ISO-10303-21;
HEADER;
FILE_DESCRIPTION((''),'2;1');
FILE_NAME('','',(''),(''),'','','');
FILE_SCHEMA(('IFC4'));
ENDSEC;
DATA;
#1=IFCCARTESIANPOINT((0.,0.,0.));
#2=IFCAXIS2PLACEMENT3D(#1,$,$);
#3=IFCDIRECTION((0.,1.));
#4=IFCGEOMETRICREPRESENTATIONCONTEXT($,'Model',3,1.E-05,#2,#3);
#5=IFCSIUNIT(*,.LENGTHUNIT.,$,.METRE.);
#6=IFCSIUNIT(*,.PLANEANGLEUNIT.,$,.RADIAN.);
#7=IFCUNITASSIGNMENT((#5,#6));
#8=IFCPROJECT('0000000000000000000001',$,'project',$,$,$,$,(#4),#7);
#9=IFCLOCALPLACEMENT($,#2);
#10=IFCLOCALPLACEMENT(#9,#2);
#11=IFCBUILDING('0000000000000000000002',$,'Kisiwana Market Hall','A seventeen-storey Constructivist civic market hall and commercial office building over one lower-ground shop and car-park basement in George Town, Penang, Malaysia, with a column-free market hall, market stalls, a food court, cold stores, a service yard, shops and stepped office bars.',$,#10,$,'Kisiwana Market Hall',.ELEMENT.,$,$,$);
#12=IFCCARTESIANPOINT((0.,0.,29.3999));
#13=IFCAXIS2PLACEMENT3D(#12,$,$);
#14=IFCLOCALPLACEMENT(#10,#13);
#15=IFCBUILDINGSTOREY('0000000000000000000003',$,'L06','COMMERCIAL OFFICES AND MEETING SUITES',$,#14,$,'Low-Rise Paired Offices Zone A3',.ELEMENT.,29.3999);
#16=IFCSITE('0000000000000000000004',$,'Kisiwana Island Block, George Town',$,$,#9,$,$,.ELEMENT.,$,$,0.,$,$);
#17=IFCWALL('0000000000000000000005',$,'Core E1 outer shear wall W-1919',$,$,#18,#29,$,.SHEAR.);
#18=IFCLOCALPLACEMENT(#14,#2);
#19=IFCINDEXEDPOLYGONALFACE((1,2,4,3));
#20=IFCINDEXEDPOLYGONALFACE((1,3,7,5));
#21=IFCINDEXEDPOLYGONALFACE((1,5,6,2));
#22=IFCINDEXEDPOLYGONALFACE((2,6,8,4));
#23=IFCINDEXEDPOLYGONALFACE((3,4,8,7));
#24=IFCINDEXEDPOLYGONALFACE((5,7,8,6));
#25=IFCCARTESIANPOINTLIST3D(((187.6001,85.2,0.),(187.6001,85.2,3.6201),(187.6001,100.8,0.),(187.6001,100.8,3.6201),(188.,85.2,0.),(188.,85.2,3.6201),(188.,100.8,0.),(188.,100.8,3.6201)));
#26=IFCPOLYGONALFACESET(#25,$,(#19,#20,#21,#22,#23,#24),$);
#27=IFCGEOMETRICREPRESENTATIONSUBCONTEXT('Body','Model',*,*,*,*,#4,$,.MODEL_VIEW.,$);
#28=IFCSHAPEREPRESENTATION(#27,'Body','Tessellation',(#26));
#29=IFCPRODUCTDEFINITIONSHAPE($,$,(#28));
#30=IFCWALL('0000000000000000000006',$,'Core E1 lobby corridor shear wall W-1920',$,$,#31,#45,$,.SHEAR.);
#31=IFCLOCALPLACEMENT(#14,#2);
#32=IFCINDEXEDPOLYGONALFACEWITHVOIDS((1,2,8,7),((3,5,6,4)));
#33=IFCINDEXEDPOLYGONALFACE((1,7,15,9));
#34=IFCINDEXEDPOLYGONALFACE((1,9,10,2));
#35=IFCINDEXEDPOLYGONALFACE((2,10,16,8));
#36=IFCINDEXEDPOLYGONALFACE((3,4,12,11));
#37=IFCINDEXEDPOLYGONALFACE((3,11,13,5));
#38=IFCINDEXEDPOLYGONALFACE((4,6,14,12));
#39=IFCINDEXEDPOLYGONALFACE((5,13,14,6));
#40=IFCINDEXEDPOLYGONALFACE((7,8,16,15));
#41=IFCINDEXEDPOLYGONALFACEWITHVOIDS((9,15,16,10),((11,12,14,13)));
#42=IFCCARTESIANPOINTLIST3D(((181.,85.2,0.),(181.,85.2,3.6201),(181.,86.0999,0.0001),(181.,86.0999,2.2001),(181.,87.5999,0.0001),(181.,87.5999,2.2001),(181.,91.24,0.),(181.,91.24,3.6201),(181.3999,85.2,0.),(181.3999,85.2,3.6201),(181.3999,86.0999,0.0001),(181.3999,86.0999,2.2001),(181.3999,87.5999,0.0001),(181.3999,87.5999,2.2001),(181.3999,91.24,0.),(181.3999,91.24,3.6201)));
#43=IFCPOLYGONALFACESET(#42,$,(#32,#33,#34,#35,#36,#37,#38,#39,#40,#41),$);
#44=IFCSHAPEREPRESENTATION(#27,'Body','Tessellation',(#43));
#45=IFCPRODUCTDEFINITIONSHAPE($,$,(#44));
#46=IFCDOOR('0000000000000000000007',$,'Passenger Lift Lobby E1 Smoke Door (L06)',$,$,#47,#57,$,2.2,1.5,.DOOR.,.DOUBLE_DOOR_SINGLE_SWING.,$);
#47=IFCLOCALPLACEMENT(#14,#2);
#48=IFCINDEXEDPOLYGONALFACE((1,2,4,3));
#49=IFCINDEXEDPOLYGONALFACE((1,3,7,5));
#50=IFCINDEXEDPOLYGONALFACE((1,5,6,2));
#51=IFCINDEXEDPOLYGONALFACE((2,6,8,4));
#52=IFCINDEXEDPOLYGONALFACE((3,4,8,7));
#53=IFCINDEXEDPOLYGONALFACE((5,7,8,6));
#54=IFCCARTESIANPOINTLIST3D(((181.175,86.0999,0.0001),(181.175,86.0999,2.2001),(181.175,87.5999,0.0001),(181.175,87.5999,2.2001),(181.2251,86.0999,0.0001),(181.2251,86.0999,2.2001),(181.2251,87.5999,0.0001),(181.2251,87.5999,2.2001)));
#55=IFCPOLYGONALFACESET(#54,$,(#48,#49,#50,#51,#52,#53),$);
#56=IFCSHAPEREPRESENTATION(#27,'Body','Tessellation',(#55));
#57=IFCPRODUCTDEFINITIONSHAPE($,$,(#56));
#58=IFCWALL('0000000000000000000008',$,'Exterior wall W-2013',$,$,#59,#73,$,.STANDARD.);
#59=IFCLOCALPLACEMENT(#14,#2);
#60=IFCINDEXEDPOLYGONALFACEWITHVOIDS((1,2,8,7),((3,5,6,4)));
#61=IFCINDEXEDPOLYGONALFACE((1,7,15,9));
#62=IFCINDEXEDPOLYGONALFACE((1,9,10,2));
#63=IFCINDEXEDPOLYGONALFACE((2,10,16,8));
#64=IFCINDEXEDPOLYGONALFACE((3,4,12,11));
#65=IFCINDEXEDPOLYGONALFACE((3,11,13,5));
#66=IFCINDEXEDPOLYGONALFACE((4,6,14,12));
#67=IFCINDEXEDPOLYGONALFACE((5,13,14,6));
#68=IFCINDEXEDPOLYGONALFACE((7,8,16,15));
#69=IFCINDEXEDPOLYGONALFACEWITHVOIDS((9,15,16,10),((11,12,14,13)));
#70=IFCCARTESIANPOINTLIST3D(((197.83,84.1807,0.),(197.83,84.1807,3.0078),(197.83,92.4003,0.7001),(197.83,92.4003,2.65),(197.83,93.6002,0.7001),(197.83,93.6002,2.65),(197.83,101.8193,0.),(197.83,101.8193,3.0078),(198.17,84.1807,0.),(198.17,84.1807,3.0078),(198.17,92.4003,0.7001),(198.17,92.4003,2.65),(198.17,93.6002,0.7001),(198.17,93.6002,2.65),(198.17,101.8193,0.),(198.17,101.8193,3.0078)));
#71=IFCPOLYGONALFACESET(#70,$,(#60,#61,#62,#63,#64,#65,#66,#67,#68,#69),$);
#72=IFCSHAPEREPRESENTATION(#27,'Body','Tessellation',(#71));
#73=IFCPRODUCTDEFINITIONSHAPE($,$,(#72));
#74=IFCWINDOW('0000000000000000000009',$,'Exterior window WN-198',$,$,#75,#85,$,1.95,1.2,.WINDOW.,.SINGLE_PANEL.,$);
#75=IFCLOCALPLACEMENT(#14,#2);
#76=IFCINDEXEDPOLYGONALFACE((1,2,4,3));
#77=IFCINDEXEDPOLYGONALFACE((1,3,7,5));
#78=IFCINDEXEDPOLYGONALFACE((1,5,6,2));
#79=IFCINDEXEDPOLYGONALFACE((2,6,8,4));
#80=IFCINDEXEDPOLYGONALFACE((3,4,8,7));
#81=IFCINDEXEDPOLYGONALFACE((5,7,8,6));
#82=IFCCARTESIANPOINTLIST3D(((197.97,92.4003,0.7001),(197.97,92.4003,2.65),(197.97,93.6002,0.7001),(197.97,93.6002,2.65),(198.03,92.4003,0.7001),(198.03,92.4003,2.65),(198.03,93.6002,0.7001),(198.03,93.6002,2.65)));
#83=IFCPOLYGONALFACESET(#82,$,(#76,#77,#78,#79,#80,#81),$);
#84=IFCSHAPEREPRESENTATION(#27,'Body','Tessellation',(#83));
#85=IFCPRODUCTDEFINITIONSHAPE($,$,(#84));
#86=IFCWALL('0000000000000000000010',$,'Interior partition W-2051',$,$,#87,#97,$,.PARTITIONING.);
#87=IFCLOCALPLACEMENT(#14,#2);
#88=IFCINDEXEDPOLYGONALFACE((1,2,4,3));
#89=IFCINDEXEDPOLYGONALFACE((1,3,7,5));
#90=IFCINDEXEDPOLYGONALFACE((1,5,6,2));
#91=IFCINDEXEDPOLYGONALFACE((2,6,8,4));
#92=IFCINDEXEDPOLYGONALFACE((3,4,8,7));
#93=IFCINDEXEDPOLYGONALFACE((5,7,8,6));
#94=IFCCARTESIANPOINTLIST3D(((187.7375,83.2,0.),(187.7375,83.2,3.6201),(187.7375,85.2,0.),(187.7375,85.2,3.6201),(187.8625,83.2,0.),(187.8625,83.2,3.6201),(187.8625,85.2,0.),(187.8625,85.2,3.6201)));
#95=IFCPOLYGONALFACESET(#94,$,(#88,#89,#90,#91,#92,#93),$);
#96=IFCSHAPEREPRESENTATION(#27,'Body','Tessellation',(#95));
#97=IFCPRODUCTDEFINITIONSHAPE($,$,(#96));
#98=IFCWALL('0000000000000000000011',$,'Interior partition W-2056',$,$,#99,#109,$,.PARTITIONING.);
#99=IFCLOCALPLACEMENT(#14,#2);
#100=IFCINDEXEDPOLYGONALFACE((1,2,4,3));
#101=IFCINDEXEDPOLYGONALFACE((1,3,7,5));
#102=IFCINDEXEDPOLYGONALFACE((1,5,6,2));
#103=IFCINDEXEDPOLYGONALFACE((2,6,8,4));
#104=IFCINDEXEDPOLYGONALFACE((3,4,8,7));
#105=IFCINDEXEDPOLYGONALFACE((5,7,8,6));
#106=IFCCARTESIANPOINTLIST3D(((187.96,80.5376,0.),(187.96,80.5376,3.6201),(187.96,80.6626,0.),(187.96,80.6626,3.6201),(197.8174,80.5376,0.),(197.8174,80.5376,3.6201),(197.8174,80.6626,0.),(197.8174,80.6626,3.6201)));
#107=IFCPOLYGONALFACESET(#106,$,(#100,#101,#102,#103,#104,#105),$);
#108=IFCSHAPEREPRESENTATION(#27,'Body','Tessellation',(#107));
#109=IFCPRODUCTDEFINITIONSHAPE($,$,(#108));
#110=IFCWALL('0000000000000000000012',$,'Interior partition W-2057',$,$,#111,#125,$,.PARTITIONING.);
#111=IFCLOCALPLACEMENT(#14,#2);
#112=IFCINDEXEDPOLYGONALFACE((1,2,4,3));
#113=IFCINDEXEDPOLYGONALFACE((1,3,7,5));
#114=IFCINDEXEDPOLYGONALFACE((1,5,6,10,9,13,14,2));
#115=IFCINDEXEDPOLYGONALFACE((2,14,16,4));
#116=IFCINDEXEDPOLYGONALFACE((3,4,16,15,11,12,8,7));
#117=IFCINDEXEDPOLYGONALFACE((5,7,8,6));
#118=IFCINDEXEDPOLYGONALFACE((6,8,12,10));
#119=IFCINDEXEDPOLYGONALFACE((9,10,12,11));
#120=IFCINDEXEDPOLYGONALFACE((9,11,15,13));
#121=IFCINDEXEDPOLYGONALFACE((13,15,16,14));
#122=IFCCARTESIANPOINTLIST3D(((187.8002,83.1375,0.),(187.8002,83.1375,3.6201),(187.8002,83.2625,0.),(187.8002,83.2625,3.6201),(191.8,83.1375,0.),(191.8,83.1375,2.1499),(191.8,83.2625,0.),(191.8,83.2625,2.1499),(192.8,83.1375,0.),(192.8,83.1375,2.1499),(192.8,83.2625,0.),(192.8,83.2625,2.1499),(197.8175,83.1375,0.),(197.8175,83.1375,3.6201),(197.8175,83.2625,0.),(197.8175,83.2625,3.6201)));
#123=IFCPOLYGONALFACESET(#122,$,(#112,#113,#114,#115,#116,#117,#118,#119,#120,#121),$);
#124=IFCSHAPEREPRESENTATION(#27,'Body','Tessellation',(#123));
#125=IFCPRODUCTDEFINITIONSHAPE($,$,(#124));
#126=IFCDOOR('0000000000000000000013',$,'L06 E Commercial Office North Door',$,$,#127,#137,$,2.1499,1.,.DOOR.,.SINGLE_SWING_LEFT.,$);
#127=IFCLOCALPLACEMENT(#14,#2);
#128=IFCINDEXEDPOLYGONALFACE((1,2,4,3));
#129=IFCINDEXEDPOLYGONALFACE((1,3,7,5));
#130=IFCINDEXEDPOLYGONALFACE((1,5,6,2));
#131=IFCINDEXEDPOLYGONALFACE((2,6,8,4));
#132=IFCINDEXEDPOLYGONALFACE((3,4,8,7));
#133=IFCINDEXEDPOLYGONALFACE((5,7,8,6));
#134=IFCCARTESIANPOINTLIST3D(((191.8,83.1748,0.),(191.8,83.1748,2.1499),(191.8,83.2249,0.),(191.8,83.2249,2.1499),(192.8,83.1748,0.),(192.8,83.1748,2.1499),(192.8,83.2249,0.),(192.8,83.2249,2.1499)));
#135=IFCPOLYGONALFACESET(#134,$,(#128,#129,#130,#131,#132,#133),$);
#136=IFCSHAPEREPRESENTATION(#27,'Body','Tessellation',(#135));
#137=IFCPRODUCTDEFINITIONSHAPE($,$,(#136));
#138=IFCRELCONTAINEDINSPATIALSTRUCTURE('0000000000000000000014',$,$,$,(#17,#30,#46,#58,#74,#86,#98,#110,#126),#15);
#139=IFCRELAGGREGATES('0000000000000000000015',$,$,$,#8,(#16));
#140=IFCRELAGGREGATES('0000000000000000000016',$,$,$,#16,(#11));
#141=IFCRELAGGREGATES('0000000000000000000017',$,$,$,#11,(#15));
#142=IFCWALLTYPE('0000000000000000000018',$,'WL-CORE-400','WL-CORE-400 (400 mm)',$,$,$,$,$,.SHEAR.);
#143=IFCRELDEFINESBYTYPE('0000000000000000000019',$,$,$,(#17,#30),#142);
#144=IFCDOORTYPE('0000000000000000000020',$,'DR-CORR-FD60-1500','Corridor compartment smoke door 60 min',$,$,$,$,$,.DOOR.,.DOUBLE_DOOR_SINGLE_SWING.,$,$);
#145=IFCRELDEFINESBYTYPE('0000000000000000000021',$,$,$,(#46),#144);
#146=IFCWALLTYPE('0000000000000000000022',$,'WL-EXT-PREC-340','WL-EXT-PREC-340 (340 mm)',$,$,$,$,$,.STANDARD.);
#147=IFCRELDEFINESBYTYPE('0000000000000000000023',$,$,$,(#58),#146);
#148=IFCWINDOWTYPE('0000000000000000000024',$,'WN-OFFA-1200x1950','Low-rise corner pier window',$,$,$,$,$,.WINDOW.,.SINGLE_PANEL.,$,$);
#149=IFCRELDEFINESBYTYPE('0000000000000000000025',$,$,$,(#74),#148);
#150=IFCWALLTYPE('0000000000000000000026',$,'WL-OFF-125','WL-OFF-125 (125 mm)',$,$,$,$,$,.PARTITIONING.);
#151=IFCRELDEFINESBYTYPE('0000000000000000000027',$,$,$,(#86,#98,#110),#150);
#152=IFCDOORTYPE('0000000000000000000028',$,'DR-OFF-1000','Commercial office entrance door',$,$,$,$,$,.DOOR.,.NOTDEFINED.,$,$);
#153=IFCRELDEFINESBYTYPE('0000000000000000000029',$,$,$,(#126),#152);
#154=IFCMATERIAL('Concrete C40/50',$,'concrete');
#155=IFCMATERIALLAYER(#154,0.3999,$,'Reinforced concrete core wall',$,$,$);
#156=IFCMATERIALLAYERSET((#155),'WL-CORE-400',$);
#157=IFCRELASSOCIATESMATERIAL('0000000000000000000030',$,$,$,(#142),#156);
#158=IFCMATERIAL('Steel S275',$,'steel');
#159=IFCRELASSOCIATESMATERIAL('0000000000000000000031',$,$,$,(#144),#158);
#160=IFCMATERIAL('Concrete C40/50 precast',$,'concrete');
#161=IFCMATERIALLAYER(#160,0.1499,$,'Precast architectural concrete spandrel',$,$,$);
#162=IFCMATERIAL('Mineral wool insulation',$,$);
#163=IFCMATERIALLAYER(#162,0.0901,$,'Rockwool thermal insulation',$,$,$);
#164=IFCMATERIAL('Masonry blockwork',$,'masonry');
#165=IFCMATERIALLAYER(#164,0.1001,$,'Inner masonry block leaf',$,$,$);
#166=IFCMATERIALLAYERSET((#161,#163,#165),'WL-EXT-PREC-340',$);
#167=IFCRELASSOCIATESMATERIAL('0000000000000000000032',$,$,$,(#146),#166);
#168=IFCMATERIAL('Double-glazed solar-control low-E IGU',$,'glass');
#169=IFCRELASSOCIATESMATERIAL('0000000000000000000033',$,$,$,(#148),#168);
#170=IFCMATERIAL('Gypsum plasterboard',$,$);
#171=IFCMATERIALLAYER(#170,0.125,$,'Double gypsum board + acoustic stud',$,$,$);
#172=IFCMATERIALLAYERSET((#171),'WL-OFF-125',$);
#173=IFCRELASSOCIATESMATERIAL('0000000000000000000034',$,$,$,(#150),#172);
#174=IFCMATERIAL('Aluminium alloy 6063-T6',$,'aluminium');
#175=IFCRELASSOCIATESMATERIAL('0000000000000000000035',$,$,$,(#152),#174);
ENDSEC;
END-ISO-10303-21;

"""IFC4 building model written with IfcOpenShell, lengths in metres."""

from ifc_helpers import new_model, si_unit, direction, frame, frame_2d, origin, place, context, subcontext, project, spatial, rectangle, extrude, material, layer, layer_set, type_object, element, fill, save


model = new_model("IFC4")

# Units and contexts
model_context = context("Model", 3, precision=1e-05, world=origin(), true_north=direction((0.0, 1.0)))
body_context = subcontext(model_context, "Body", "Model", "MODEL_VIEW")
ifc_project = project(units=[si_unit("LENGTHUNIT", "METRE"), si_unit("PLANEANGLEUNIT", "RADIAN")], contexts=[model_context])

# Site, building, storey
site_placement = place(None, origin())
site = spatial("IfcSite", under=ifc_project, at=site_placement, Name="Kisiwana Island Block, George Town", CompositionType="ELEMENT", RefElevation=0.0)
building_placement = place(site_placement, origin())
building = spatial("IfcBuilding", under=site, at=building_placement, Name="Kisiwana Market Hall", Description="A seventeen-storey Constructivist civic market hall and commercial office building over one lower-ground shop and car-park basement in George Town, Penang, Malaysia, with a column-free market hall, market stalls, a food court, cold stores, a service yard, shops and stepped office bars.", LongName="Kisiwana Market Hall", CompositionType="ELEMENT")
storey_placement = place(building_placement, frame((0.0, 0.0, 29.3999)))
storey = spatial("IfcBuildingStorey", under=building, at=storey_placement, Name="L06", Description="COMMERCIAL OFFICES AND MEETING SUITES", LongName="Low-Rise Paired Offices Zone A3", CompositionType="ELEMENT", Elevation=29.3999)

# Wall
ifc_material_1 = material(Name="Concrete C40/50", Category="concrete")
ifc_layer_1 = layer(ifc_material_1, 0.3999, Name="Reinforced concrete core wall")
ifc_layer_set_1 = layer_set([ifc_layer_1], Name="WL-CORE-400")
wall_type_1 = type_object("IfcWallType", Name="WL-CORE-400", Description="WL-CORE-400 (400 mm)", PredefinedType="SHEAR", material=ifc_layer_set_1)
wall_1_placement = place(storey_placement, frame((187.8, 85.2, 0.0), z_axis=(0.0, 0.0, 1.0), x_axis=(0.0, 1.0, 0.0)))
element("IfcWall", 1, at=wall_1_placement, inside=storey, type_object=wall_type_1, Name="Core E1 outer shear wall W-1919", PredefinedType="SHEAR", context=body_context, shape_type="SweptSolid", body=[
    extrude(rectangle(XDim=15.6001, YDim=0.3999, at=frame_2d((7.8, 0.0))), origin(), (0.0, 0.0, 1.0), 3.6201),
])

# Wall, opening, door
wall_2_placement = place(storey_placement, frame((181.2, 85.2, 0.0), z_axis=(0.0, 0.0, 1.0), x_axis=(0.0, 1.0, 0.0)))
wall_2 = element("IfcWall", 2, at=wall_2_placement, inside=storey, type_object=wall_type_1, Name="Core E1 lobby corridor shear wall W-1920", PredefinedType="SHEAR", context=body_context, shape_type="SweptSolid", body=[
    extrude(rectangle(XDim=6.04, YDim=0.3999, at=frame_2d((3.02, 0.0))), origin(), (0.0, 0.0, 1.0), 3.6201),
])
opening_1_placement = place(wall_2_placement, frame((0.8999, 0.0, 0.0)))
opening_1 = element("IfcOpeningElement", 3, at=opening_1_placement, cuts=wall_2, PredefinedType="OPENING", context=body_context, shape_type="SweptSolid", body=[
    extrude(rectangle(XDim=1.5, YDim=2.2, at=frame_2d((0.75, 1.1001))), frame((0.0, 0.2119, 0.0), z_axis=(0.0, -1.0, 0.0), x_axis=(1.0, 0.0, 0.0)), (0.0, 0.0, 1.0), 0.4238),
])
ifc_material_2 = material(Name="Steel S275", Category="steel")
door_type_1 = type_object("IfcDoorType", Name="DR-CORR-FD60-1500", Description="Corridor compartment smoke door 60 min", OperationType="DOUBLE_DOOR_SINGLE_SWING", PredefinedType="DOOR", material=ifc_material_2)
door_1_placement = place(opening_1_placement, origin())
door_1 = element("IfcDoor", 4, at=door_1_placement, inside=storey, type_object=door_type_1, Name="Passenger Lift Lobby E1 Smoke Door (L06)", OperationType="DOUBLE_DOOR_SINGLE_SWING", OverallHeight=2.2, OverallWidth=1.5, PredefinedType="DOOR", context=body_context, shape_type="SweptSolid", body=[
    extrude(rectangle(XDim=1.5, YDim=2.2, at=frame_2d((0.75, 1.1001))), frame((0.0, 0.0249, 0.0), z_axis=(0.0, -1.0, 0.0), x_axis=(1.0, 0.0, 0.0)), (0.0, 0.0, 1.0), 0.05),
])
fill(opening_1, door_1)

# Wall, opening, window
ifc_material_3 = material(Name="Concrete C40/50 precast", Category="concrete")
ifc_layer_2 = layer(ifc_material_3, 0.1499, Name="Precast architectural concrete spandrel")
ifc_material_4 = material(Name="Mineral wool insulation")
ifc_layer_3 = layer(ifc_material_4, 0.0901, Name="Rockwool thermal insulation")
ifc_material_5 = material(Name="Masonry blockwork", Category="masonry")
ifc_layer_4 = layer(ifc_material_5, 0.1001, Name="Inner masonry block leaf")
ifc_layer_set_2 = layer_set([ifc_layer_2, ifc_layer_3, ifc_layer_4], Name="WL-EXT-PREC-340")
wall_type_2 = type_object("IfcWallType", Name="WL-EXT-PREC-340", Description="WL-EXT-PREC-340 (340 mm)", PredefinedType="STANDARD", material=ifc_layer_set_2)
wall_3_placement = place(storey_placement, frame((198.0, 84.1807, 0.0), z_axis=(0.0, 0.0, 1.0), x_axis=(0.0, 1.0, 0.0)))
wall_3 = element("IfcWall", 5, at=wall_3_placement, inside=storey, type_object=wall_type_2, Name="Exterior wall W-2013", PredefinedType="STANDARD", context=body_context, shape_type="SweptSolid", body=[
    extrude(rectangle(XDim=17.6387, YDim=0.3401, at=frame_2d((8.8193, 0.0))), origin(), (0.0, 0.0, 1.0), 3.0078),
])
opening_2_placement = place(wall_3_placement, frame((8.2195, 0.0, 0.7)))
opening_2 = element("IfcOpeningElement", 6, at=opening_2_placement, cuts=wall_3, PredefinedType="OPENING", context=body_context, shape_type="SweptSolid", body=[
    extrude(rectangle(XDim=1.2, YDim=1.95, at=frame_2d((0.6001, 0.9751))), frame((0.0, 0.1821, 0.0), z_axis=(0.0, -1.0, 0.0), x_axis=(1.0, 0.0, 0.0)), (0.0, 0.0, 1.0), 0.364),
])
ifc_material_6 = material(Name="Double-glazed solar-control low-E IGU", Category="glass")
window_type = type_object("IfcWindowType", Name="WN-OFFA-1200x1950", Description="Low-rise corner pier window", PartitioningType="SINGLE_PANEL", PredefinedType="WINDOW", material=ifc_material_6)
window_placement = place(opening_2_placement, origin())
window = element("IfcWindow", 7, at=window_placement, inside=storey, type_object=window_type, Name="Exterior window WN-198", OverallHeight=1.95, OverallWidth=1.2, PartitioningType="SINGLE_PANEL", PredefinedType="WINDOW", context=body_context, shape_type="SweptSolid", body=[
    extrude(rectangle(XDim=1.2, YDim=1.95, at=frame_2d((0.6001, 0.9751))), frame((0.0, 0.03, 0.0), z_axis=(0.0, -1.0, 0.0), x_axis=(1.0, 0.0, 0.0)), (0.0, 0.0, 1.0), 0.0601),
])
fill(opening_2, window)

# Walls
ifc_material_7 = material(Name="Gypsum plasterboard")
ifc_layer_5 = layer(ifc_material_7, 0.125, Name="Double gypsum board + acoustic stud")
ifc_layer_set_3 = layer_set([ifc_layer_5], Name="WL-OFF-125")
wall_type_3 = type_object("IfcWallType", Name="WL-OFF-125", Description="WL-OFF-125 (125 mm)", PredefinedType="PARTITIONING", material=ifc_layer_set_3)
wall_4_placement = place(storey_placement, frame((187.8, 83.2, 0.0), z_axis=(0.0, 0.0, 1.0), x_axis=(0.0, 1.0, 0.0)))
element("IfcWall", 8, at=wall_4_placement, inside=storey, type_object=wall_type_3, Name="Interior partition W-2051", PredefinedType="PARTITIONING", context=body_context, shape_type="SweptSolid", body=[
    extrude(rectangle(XDim=2.0, YDim=0.125, at=frame_2d((1.0, 0.0))), origin(), (0.0, 0.0, 1.0), 3.6201),
])
wall_5_placement = place(storey_placement, frame((187.96, 80.6001, 0.0), z_axis=(0.0, 0.0, 1.0), x_axis=(1.0, 0.0, 0.0)))
element("IfcWall", 9, at=wall_5_placement, inside=storey, type_object=wall_type_3, Name="Interior partition W-2056", PredefinedType="PARTITIONING", context=body_context, shape_type="SweptSolid", body=[
    extrude(rectangle(XDim=9.8574, YDim=0.125, at=frame_2d((4.9287, 0.0))), origin(), (0.0, 0.0, 1.0), 3.6201),
])

# Wall, opening, door
wall_6_placement = place(storey_placement, frame((187.8, 83.2, 0.0), z_axis=(0.0, 0.0, 1.0), x_axis=(1.0, 0.0, 0.0)))
wall_6 = element("IfcWall", 10, at=wall_6_placement, inside=storey, type_object=wall_type_3, Name="Interior partition W-2057", PredefinedType="PARTITIONING", context=body_context, shape_type="SweptSolid", body=[
    extrude(rectangle(XDim=10.0173, YDim=0.125, at=frame_2d((5.0088, 0.0))), origin(), (0.0, 0.0, 1.0), 3.6201),
])
opening_3_placement = place(wall_6_placement, frame((4.0, 0.0, 0.0)))
opening_3 = element("IfcOpeningElement", 11, at=opening_3_placement, cuts=wall_6, PredefinedType="OPENING", context=body_context, shape_type="SweptSolid", body=[
    extrude(rectangle(XDim=1.0, YDim=2.1499, at=frame_2d((0.5, 1.075))), frame((0.0, 0.0745, 0.0), z_axis=(0.0, -1.0, 0.0), x_axis=(1.0, 0.0, 0.0)), (0.0, 0.0, 1.0), 0.1489),
])
ifc_material_8 = material(Name="Aluminium alloy 6063-T6", Category="aluminium")
door_type_2 = type_object("IfcDoorType", Name="DR-OFF-1000", Description="Commercial office entrance door", OperationType="NOTDEFINED", PredefinedType="DOOR", material=ifc_material_8)
door_2_placement = place(opening_3_placement, origin())
door_2 = element("IfcDoor", 12, at=door_2_placement, inside=storey, type_object=door_type_2, Name="L06 E Commercial Office North Door", OperationType="SINGLE_SWING_LEFT", OverallHeight=2.1499, OverallWidth=1.0, PredefinedType="DOOR", context=body_context, shape_type="SweptSolid", body=[
    extrude(rectangle(XDim=1.0, YDim=2.1499, at=frame_2d((0.5, 1.075))), frame((0.0, 0.0249, 0.0), z_axis=(0.0, -1.0, 0.0), x_axis=(1.0, 0.0, 0.0)), (0.0, 0.0, 1.0), 0.05),
])
fill(opening_3, door_2)

save(model, "model.ifc")
